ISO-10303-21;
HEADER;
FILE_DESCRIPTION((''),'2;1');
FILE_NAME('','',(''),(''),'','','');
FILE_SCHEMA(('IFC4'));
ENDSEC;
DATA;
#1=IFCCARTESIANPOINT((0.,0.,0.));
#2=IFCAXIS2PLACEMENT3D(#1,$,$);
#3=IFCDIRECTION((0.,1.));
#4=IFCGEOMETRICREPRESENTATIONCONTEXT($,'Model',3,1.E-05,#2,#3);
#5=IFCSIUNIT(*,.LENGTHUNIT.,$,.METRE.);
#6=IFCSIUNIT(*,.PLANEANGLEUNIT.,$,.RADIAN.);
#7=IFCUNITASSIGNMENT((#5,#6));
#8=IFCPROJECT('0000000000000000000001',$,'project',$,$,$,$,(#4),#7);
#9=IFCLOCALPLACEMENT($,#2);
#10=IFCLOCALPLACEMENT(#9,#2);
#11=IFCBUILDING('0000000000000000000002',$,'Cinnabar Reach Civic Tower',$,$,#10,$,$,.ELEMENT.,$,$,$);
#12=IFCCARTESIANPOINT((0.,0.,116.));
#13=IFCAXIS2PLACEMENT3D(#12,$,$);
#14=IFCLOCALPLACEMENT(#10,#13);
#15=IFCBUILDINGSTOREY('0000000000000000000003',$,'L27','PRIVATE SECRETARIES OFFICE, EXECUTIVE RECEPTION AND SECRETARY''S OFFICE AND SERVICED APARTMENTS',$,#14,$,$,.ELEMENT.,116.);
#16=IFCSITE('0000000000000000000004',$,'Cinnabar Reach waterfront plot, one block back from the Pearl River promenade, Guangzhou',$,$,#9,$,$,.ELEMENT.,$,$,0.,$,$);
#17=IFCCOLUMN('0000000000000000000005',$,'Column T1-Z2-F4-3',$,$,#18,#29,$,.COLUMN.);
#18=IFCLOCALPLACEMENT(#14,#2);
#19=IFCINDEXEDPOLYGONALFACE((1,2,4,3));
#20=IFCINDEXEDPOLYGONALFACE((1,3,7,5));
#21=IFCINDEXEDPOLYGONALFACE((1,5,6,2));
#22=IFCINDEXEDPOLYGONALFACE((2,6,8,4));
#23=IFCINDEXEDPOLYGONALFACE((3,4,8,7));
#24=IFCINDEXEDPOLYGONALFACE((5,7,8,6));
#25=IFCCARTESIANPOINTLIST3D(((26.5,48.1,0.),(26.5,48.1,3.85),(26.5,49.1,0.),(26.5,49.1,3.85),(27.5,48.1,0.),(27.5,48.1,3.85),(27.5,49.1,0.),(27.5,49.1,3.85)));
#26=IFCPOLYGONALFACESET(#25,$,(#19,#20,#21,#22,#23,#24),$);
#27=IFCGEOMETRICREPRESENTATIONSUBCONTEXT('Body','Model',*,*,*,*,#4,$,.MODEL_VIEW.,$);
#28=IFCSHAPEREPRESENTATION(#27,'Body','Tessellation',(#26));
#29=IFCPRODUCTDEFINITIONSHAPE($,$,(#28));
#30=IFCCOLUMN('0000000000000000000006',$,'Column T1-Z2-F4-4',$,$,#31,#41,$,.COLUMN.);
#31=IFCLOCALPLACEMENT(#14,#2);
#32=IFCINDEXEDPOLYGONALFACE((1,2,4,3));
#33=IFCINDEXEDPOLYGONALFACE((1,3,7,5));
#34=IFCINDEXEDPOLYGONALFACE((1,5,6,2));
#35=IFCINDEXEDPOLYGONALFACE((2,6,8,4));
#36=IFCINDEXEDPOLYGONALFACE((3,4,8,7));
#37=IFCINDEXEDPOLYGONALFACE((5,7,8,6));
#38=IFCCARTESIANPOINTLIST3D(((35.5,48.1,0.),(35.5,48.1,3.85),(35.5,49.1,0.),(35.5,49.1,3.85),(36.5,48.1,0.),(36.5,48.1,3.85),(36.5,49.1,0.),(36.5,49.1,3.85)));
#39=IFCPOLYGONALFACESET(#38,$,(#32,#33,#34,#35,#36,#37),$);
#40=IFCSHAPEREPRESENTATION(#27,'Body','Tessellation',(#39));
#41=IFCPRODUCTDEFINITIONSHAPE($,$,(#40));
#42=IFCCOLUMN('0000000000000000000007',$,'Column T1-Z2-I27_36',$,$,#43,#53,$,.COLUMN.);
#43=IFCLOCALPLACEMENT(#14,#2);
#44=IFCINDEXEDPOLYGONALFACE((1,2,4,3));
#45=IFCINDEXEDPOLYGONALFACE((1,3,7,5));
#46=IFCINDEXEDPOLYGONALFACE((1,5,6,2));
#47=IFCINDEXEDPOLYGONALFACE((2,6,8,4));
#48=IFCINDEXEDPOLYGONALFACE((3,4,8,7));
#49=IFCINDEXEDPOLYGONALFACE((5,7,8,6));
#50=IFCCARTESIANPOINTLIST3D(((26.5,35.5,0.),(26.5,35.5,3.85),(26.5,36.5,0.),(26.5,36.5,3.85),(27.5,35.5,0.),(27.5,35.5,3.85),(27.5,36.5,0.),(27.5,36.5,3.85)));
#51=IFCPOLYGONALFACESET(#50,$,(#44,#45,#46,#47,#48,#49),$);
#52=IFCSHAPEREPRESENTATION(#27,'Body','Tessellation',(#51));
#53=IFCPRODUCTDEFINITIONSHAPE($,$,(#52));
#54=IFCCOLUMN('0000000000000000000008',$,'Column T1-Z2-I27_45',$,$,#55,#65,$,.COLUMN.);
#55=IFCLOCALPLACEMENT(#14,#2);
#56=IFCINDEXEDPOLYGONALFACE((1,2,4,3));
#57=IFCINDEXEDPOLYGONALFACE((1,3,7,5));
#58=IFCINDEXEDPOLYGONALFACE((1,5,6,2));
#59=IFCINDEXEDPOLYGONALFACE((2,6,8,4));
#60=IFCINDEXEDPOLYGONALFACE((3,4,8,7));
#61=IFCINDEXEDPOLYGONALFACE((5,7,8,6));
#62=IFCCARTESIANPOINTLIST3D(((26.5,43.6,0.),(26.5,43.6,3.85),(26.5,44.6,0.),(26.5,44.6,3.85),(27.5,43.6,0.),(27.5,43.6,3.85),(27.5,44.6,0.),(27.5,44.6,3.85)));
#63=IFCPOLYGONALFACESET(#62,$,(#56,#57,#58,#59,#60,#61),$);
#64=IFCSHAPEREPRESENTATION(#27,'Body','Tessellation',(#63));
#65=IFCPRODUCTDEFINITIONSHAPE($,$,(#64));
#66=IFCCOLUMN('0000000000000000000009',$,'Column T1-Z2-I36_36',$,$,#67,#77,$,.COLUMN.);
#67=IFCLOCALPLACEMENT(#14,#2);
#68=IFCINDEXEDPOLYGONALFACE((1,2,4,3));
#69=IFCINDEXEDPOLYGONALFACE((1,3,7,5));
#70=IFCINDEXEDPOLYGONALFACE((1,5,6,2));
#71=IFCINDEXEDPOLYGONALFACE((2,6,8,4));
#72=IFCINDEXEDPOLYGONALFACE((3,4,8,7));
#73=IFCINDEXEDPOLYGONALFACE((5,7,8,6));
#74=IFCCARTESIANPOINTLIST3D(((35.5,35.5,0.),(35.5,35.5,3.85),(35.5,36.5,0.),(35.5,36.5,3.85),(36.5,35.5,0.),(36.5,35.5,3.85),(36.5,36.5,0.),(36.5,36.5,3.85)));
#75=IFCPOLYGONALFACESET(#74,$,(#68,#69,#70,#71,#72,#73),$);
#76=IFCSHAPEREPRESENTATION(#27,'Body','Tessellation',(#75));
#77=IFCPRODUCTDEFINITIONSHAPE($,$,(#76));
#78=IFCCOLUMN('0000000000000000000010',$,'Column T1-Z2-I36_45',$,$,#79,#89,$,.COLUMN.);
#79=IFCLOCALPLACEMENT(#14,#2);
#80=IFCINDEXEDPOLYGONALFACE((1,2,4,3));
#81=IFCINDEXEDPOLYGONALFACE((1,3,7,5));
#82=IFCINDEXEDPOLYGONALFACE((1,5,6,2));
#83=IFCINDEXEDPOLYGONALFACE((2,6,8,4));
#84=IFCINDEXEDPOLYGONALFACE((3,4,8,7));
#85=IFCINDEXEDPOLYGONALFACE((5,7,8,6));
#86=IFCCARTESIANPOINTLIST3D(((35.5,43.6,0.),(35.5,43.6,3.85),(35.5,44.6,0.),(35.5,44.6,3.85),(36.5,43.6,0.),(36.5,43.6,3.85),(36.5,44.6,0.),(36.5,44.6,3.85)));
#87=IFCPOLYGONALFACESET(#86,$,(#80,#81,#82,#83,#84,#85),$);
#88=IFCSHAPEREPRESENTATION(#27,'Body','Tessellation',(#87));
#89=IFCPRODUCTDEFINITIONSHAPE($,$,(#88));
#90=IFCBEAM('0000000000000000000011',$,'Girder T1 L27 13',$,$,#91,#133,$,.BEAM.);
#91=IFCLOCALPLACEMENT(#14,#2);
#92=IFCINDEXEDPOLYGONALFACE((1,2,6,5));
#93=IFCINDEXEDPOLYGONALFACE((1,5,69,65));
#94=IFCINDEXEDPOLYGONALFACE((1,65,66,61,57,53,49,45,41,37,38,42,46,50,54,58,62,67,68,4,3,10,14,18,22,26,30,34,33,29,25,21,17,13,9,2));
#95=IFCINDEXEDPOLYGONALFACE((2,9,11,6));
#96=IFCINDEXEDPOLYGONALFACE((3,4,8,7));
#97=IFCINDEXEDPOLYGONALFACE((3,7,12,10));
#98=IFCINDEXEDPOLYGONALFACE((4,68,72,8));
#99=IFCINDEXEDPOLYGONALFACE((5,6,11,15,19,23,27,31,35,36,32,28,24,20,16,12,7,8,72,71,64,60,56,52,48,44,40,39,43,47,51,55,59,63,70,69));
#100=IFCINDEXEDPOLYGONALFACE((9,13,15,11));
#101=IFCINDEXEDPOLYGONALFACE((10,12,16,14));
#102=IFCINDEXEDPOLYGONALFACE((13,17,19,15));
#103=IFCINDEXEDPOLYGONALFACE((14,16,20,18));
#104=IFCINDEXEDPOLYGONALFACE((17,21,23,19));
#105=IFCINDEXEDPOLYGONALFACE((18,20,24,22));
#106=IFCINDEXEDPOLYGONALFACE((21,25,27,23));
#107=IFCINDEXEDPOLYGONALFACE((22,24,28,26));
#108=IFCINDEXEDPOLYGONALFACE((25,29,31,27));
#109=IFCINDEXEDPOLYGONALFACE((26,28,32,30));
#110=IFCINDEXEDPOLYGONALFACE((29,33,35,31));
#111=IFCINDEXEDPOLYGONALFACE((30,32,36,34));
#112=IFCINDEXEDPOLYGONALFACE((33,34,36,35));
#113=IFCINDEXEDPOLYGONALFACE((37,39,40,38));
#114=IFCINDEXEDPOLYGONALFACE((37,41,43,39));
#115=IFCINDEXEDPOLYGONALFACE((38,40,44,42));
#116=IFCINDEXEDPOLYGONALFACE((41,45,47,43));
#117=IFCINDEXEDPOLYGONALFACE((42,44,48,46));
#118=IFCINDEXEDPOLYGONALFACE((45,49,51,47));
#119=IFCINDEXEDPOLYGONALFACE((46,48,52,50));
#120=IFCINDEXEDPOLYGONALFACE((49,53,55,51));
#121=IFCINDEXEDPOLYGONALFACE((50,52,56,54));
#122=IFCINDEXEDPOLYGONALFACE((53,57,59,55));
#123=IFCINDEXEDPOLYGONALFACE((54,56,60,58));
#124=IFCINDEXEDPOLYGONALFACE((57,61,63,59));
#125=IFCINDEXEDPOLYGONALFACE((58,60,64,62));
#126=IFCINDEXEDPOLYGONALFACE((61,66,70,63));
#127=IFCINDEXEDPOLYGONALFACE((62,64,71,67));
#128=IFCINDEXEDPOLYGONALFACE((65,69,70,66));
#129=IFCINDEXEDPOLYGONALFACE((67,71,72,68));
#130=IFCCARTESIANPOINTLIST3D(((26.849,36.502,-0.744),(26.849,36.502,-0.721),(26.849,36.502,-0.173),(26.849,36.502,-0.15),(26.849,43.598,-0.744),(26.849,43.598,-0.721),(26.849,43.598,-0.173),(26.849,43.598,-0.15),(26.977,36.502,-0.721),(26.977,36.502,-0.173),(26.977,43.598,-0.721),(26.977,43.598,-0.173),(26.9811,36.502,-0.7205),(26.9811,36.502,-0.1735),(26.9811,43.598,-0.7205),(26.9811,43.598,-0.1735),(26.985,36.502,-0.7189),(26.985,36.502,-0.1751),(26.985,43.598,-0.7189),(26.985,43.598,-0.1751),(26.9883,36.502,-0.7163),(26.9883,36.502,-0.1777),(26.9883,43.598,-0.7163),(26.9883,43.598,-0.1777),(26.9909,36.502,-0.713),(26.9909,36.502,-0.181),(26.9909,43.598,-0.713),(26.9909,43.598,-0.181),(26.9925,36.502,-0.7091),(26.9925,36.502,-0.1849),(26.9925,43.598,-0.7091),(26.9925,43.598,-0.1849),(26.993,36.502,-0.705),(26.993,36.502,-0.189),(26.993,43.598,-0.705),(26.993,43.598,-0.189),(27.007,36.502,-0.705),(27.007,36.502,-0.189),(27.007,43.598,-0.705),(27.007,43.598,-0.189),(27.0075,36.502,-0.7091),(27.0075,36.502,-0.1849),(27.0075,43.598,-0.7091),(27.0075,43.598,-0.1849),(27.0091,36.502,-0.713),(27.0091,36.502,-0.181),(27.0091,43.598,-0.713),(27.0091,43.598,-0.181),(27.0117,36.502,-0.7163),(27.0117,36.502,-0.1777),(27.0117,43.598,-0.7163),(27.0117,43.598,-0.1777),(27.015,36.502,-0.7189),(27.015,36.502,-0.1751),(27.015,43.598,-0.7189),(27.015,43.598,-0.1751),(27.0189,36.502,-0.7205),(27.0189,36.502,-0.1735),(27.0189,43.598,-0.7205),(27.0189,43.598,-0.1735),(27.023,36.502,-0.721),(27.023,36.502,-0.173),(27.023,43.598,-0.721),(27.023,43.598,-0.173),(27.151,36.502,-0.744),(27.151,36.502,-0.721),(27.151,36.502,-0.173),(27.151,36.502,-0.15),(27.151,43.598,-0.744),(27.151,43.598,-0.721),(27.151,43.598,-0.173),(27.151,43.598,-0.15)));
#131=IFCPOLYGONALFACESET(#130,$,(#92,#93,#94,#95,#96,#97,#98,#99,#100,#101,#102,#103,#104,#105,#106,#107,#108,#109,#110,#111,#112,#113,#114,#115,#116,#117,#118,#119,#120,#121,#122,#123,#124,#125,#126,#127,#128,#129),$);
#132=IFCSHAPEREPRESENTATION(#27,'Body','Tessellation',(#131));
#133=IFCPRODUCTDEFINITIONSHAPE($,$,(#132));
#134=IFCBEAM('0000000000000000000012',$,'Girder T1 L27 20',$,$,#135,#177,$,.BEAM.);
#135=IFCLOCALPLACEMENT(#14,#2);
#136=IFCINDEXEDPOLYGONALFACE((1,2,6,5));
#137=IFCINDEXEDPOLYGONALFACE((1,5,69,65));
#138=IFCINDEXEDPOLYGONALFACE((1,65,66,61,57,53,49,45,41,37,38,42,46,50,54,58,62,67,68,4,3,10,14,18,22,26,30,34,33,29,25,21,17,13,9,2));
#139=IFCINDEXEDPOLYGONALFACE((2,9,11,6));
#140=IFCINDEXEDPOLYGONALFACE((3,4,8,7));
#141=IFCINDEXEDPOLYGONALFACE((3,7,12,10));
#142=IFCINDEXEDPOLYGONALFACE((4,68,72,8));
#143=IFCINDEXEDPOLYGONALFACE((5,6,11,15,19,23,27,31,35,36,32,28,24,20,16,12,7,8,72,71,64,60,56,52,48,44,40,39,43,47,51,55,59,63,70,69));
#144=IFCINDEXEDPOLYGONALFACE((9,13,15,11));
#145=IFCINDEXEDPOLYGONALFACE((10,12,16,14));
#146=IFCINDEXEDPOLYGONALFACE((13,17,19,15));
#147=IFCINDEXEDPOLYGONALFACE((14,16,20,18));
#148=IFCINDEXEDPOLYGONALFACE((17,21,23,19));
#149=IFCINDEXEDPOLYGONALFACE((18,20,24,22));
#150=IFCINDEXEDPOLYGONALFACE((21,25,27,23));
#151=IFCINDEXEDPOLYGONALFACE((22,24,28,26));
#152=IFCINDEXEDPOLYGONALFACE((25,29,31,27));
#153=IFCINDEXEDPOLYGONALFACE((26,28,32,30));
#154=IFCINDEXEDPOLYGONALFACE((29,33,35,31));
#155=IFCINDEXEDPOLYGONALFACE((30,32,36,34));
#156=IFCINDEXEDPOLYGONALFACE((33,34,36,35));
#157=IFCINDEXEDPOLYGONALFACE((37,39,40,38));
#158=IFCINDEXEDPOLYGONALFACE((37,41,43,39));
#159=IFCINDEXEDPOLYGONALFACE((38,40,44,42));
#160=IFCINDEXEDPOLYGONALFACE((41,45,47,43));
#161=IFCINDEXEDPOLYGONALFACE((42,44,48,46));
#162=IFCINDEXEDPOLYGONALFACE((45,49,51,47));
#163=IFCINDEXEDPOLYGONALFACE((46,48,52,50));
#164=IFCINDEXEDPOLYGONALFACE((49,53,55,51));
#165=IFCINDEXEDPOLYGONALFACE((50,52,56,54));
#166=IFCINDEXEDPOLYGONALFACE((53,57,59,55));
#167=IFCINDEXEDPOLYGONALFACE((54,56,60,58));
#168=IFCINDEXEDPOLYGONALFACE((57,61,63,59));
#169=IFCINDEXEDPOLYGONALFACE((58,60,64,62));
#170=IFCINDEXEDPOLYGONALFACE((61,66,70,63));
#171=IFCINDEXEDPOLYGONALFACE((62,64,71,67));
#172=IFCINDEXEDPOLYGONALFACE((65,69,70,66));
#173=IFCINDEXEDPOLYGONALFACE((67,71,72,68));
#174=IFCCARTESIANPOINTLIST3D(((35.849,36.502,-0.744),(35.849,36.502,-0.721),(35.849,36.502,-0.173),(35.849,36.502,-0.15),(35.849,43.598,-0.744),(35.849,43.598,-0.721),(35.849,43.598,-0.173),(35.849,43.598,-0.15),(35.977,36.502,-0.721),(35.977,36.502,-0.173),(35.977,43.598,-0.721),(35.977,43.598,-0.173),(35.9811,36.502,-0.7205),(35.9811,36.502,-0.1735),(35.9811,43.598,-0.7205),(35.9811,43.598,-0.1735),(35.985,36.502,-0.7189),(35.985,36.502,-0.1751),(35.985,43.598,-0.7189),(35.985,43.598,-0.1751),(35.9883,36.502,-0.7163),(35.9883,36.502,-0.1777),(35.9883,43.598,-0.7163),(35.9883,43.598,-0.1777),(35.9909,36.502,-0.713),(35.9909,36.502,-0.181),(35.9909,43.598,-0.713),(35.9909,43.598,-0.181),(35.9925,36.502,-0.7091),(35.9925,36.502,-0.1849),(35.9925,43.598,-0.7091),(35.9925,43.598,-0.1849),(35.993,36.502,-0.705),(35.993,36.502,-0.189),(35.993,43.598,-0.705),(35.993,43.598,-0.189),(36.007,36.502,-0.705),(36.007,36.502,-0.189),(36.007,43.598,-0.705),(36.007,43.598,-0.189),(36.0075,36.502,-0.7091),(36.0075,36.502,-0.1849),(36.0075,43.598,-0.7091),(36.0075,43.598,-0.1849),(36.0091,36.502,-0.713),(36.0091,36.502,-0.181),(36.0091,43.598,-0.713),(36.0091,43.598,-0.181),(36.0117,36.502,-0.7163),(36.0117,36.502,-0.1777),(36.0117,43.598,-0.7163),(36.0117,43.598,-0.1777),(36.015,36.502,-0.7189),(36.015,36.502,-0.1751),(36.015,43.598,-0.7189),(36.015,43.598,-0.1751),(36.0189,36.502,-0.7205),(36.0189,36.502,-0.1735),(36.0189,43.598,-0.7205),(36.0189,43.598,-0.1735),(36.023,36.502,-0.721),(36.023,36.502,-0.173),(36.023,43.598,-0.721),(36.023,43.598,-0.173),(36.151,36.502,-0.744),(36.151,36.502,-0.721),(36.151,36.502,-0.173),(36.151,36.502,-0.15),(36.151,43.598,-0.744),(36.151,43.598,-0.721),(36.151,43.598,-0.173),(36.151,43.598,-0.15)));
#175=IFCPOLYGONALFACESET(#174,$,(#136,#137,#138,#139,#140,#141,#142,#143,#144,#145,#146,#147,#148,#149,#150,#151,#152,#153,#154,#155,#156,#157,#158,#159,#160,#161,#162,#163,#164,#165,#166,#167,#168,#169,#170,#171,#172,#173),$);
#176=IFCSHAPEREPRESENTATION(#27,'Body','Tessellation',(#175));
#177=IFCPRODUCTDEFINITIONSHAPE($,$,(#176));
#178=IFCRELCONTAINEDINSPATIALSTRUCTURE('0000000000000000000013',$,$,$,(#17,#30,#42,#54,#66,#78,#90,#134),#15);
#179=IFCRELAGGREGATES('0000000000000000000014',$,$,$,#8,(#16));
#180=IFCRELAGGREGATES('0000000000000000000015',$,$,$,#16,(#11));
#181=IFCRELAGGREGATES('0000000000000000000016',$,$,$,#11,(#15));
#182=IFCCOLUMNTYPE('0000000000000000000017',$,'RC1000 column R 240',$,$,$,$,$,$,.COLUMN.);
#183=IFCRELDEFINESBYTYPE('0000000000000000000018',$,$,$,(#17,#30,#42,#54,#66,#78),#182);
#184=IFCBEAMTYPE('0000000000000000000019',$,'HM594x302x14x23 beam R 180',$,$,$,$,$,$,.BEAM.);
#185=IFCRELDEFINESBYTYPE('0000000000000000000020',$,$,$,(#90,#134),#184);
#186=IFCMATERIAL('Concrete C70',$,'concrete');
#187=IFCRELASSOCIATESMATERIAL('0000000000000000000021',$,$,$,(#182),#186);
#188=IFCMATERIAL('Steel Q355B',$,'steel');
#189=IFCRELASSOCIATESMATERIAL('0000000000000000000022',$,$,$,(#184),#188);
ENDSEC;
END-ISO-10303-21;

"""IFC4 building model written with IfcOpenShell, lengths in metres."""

from ifc_helpers import new_model, si_unit, direction, frame, origin, origin_2d, place, context, subcontext, project, spatial, rectangle, i_section, extrude, material, material_profile, profile_set, type_object, element, save


model = new_model("IFC4")

# Units and contexts
model_context = context("Model", 3, precision=1e-05, world=origin(), true_north=direction((0.0, 1.0)))
body_context = subcontext(model_context, "Body", "Model", "MODEL_VIEW")
ifc_project = project(units=[si_unit("LENGTHUNIT", "METRE"), si_unit("PLANEANGLEUNIT", "RADIAN")], contexts=[model_context])

# Site, building, storey
site_placement = place(None, origin())
site = spatial("IfcSite", under=ifc_project, at=site_placement, Name="Cinnabar Reach waterfront plot, one block back from the Pearl River promenade, Guangzhou", CompositionType="ELEMENT", RefElevation=0.0)
building_placement = place(site_placement, origin())
building = spatial("IfcBuilding", under=site, at=building_placement, Name="Cinnabar Reach Civic Tower", CompositionType="ELEMENT")
storey_placement = place(building_placement, frame((0.0, 0.0, 116.0)))
storey = spatial("IfcBuildingStorey", under=building, at=storey_placement, Name="L27", Description="PRIVATE SECRETARIES OFFICE, EXECUTIVE RECEPTION AND SECRETARY'S OFFICE AND SERVICED APARTMENTS", CompositionType="ELEMENT", Elevation=116.0)

# Columns
ifc_material_1 = material(Name="Concrete C70", Category="concrete")
ifc_material_profile_1 = material_profile(ifc_material_1, rectangle(XDim=1.0, YDim=1.0, at=origin_2d()), Name="RC1000")
ifc_profile_set_1 = profile_set([ifc_material_profile_1], Name="Concrete C70")
column_type = type_object("IfcColumnType", Name="RC1000 column R 240", PredefinedType="COLUMN", material=ifc_profile_set_1)
for number, where, z_axis, x_axis, name in (
    (1, (27.0, 48.6, 0.0), (0.0, 0.0, 1.0), (1.0, 0.0, 0.0), "Column T1-Z2-F4-3"),
    (2, (36.0, 48.6, 0.0), (0.0, 0.0, 1.0), (1.0, 0.0, 0.0), "Column T1-Z2-F4-4"),
    (3, (27.0, 36.0, 0.0), (0.0, 0.0, 1.0), (1.0, 0.0, 0.0), "Column T1-Z2-I27_36"),
    (4, (27.0, 44.1, 0.0), (0.0, 0.0, 1.0), (1.0, 0.0, 0.0), "Column T1-Z2-I27_45"),
    (5, (36.0, 36.0, 0.0), (0.0, 0.0, 1.0), (1.0, 0.0, 0.0), "Column T1-Z2-I36_36"),
    (6, (36.0, 44.1, 0.0), (0.0, 0.0, 1.0), (1.0, 0.0, 0.0), "Column T1-Z2-I36_45"),
):
    element("IfcColumn", number, at=place(storey_placement, frame(where, z_axis=z_axis, x_axis=x_axis)), inside=storey, type_object=column_type, Name=name, PredefinedType="COLUMN", context=body_context, shape_type="SweptSolid", body=[
        extrude(rectangle(XDim=1.0, YDim=1.0, at=origin_2d()), origin(), (0.0, 0.0, 1.0), 3.85),
    ])

# Beams
ifc_material_2 = material(Name="Steel Q355B", Category="steel")
ifc_material_profile_2 = material_profile(ifc_material_2, i_section(OverallWidth=0.302, OverallDepth=0.594, WebThickness=0.014, FlangeThickness=0.023, FilletRadius=0.016, at=origin_2d()), Name="HM594x302x14x23")
ifc_profile_set_2 = profile_set([ifc_material_profile_2], Name="Steel Q355B")
beam_type_1 = type_object("IfcBeamType", Name="HM594x302x14x23 beam R 180", PredefinedType="BEAM", material=ifc_profile_set_2)
for number, where, z_axis, x_axis, name in (
    (7, (27.0, 36.502, -0.447), (0.0, 1.0, 0.0), (-1.0, 0.0, 0.0), "Girder T1 L27 13"),
    (8, (36.0, 36.502, -0.447), (0.0, 1.0, 0.0), (-1.0, 0.0, 0.0), "Girder T1 L27 20"),
):
    element("IfcBeam", number, at=place(storey_placement, frame(where, z_axis=z_axis, x_axis=x_axis)), inside=storey, type_object=beam_type_1, Name=name, PredefinedType="BEAM", context=body_context, shape_type="SweptSolid", body=[
        extrude(i_section(OverallWidth=0.302, OverallDepth=0.594, WebThickness=0.014, FlangeThickness=0.023, FilletRadius=0.016, at=origin_2d()), origin(), (0.0, 0.0, 1.0), 7.096),
    ])

save(model, "model.ifc")
